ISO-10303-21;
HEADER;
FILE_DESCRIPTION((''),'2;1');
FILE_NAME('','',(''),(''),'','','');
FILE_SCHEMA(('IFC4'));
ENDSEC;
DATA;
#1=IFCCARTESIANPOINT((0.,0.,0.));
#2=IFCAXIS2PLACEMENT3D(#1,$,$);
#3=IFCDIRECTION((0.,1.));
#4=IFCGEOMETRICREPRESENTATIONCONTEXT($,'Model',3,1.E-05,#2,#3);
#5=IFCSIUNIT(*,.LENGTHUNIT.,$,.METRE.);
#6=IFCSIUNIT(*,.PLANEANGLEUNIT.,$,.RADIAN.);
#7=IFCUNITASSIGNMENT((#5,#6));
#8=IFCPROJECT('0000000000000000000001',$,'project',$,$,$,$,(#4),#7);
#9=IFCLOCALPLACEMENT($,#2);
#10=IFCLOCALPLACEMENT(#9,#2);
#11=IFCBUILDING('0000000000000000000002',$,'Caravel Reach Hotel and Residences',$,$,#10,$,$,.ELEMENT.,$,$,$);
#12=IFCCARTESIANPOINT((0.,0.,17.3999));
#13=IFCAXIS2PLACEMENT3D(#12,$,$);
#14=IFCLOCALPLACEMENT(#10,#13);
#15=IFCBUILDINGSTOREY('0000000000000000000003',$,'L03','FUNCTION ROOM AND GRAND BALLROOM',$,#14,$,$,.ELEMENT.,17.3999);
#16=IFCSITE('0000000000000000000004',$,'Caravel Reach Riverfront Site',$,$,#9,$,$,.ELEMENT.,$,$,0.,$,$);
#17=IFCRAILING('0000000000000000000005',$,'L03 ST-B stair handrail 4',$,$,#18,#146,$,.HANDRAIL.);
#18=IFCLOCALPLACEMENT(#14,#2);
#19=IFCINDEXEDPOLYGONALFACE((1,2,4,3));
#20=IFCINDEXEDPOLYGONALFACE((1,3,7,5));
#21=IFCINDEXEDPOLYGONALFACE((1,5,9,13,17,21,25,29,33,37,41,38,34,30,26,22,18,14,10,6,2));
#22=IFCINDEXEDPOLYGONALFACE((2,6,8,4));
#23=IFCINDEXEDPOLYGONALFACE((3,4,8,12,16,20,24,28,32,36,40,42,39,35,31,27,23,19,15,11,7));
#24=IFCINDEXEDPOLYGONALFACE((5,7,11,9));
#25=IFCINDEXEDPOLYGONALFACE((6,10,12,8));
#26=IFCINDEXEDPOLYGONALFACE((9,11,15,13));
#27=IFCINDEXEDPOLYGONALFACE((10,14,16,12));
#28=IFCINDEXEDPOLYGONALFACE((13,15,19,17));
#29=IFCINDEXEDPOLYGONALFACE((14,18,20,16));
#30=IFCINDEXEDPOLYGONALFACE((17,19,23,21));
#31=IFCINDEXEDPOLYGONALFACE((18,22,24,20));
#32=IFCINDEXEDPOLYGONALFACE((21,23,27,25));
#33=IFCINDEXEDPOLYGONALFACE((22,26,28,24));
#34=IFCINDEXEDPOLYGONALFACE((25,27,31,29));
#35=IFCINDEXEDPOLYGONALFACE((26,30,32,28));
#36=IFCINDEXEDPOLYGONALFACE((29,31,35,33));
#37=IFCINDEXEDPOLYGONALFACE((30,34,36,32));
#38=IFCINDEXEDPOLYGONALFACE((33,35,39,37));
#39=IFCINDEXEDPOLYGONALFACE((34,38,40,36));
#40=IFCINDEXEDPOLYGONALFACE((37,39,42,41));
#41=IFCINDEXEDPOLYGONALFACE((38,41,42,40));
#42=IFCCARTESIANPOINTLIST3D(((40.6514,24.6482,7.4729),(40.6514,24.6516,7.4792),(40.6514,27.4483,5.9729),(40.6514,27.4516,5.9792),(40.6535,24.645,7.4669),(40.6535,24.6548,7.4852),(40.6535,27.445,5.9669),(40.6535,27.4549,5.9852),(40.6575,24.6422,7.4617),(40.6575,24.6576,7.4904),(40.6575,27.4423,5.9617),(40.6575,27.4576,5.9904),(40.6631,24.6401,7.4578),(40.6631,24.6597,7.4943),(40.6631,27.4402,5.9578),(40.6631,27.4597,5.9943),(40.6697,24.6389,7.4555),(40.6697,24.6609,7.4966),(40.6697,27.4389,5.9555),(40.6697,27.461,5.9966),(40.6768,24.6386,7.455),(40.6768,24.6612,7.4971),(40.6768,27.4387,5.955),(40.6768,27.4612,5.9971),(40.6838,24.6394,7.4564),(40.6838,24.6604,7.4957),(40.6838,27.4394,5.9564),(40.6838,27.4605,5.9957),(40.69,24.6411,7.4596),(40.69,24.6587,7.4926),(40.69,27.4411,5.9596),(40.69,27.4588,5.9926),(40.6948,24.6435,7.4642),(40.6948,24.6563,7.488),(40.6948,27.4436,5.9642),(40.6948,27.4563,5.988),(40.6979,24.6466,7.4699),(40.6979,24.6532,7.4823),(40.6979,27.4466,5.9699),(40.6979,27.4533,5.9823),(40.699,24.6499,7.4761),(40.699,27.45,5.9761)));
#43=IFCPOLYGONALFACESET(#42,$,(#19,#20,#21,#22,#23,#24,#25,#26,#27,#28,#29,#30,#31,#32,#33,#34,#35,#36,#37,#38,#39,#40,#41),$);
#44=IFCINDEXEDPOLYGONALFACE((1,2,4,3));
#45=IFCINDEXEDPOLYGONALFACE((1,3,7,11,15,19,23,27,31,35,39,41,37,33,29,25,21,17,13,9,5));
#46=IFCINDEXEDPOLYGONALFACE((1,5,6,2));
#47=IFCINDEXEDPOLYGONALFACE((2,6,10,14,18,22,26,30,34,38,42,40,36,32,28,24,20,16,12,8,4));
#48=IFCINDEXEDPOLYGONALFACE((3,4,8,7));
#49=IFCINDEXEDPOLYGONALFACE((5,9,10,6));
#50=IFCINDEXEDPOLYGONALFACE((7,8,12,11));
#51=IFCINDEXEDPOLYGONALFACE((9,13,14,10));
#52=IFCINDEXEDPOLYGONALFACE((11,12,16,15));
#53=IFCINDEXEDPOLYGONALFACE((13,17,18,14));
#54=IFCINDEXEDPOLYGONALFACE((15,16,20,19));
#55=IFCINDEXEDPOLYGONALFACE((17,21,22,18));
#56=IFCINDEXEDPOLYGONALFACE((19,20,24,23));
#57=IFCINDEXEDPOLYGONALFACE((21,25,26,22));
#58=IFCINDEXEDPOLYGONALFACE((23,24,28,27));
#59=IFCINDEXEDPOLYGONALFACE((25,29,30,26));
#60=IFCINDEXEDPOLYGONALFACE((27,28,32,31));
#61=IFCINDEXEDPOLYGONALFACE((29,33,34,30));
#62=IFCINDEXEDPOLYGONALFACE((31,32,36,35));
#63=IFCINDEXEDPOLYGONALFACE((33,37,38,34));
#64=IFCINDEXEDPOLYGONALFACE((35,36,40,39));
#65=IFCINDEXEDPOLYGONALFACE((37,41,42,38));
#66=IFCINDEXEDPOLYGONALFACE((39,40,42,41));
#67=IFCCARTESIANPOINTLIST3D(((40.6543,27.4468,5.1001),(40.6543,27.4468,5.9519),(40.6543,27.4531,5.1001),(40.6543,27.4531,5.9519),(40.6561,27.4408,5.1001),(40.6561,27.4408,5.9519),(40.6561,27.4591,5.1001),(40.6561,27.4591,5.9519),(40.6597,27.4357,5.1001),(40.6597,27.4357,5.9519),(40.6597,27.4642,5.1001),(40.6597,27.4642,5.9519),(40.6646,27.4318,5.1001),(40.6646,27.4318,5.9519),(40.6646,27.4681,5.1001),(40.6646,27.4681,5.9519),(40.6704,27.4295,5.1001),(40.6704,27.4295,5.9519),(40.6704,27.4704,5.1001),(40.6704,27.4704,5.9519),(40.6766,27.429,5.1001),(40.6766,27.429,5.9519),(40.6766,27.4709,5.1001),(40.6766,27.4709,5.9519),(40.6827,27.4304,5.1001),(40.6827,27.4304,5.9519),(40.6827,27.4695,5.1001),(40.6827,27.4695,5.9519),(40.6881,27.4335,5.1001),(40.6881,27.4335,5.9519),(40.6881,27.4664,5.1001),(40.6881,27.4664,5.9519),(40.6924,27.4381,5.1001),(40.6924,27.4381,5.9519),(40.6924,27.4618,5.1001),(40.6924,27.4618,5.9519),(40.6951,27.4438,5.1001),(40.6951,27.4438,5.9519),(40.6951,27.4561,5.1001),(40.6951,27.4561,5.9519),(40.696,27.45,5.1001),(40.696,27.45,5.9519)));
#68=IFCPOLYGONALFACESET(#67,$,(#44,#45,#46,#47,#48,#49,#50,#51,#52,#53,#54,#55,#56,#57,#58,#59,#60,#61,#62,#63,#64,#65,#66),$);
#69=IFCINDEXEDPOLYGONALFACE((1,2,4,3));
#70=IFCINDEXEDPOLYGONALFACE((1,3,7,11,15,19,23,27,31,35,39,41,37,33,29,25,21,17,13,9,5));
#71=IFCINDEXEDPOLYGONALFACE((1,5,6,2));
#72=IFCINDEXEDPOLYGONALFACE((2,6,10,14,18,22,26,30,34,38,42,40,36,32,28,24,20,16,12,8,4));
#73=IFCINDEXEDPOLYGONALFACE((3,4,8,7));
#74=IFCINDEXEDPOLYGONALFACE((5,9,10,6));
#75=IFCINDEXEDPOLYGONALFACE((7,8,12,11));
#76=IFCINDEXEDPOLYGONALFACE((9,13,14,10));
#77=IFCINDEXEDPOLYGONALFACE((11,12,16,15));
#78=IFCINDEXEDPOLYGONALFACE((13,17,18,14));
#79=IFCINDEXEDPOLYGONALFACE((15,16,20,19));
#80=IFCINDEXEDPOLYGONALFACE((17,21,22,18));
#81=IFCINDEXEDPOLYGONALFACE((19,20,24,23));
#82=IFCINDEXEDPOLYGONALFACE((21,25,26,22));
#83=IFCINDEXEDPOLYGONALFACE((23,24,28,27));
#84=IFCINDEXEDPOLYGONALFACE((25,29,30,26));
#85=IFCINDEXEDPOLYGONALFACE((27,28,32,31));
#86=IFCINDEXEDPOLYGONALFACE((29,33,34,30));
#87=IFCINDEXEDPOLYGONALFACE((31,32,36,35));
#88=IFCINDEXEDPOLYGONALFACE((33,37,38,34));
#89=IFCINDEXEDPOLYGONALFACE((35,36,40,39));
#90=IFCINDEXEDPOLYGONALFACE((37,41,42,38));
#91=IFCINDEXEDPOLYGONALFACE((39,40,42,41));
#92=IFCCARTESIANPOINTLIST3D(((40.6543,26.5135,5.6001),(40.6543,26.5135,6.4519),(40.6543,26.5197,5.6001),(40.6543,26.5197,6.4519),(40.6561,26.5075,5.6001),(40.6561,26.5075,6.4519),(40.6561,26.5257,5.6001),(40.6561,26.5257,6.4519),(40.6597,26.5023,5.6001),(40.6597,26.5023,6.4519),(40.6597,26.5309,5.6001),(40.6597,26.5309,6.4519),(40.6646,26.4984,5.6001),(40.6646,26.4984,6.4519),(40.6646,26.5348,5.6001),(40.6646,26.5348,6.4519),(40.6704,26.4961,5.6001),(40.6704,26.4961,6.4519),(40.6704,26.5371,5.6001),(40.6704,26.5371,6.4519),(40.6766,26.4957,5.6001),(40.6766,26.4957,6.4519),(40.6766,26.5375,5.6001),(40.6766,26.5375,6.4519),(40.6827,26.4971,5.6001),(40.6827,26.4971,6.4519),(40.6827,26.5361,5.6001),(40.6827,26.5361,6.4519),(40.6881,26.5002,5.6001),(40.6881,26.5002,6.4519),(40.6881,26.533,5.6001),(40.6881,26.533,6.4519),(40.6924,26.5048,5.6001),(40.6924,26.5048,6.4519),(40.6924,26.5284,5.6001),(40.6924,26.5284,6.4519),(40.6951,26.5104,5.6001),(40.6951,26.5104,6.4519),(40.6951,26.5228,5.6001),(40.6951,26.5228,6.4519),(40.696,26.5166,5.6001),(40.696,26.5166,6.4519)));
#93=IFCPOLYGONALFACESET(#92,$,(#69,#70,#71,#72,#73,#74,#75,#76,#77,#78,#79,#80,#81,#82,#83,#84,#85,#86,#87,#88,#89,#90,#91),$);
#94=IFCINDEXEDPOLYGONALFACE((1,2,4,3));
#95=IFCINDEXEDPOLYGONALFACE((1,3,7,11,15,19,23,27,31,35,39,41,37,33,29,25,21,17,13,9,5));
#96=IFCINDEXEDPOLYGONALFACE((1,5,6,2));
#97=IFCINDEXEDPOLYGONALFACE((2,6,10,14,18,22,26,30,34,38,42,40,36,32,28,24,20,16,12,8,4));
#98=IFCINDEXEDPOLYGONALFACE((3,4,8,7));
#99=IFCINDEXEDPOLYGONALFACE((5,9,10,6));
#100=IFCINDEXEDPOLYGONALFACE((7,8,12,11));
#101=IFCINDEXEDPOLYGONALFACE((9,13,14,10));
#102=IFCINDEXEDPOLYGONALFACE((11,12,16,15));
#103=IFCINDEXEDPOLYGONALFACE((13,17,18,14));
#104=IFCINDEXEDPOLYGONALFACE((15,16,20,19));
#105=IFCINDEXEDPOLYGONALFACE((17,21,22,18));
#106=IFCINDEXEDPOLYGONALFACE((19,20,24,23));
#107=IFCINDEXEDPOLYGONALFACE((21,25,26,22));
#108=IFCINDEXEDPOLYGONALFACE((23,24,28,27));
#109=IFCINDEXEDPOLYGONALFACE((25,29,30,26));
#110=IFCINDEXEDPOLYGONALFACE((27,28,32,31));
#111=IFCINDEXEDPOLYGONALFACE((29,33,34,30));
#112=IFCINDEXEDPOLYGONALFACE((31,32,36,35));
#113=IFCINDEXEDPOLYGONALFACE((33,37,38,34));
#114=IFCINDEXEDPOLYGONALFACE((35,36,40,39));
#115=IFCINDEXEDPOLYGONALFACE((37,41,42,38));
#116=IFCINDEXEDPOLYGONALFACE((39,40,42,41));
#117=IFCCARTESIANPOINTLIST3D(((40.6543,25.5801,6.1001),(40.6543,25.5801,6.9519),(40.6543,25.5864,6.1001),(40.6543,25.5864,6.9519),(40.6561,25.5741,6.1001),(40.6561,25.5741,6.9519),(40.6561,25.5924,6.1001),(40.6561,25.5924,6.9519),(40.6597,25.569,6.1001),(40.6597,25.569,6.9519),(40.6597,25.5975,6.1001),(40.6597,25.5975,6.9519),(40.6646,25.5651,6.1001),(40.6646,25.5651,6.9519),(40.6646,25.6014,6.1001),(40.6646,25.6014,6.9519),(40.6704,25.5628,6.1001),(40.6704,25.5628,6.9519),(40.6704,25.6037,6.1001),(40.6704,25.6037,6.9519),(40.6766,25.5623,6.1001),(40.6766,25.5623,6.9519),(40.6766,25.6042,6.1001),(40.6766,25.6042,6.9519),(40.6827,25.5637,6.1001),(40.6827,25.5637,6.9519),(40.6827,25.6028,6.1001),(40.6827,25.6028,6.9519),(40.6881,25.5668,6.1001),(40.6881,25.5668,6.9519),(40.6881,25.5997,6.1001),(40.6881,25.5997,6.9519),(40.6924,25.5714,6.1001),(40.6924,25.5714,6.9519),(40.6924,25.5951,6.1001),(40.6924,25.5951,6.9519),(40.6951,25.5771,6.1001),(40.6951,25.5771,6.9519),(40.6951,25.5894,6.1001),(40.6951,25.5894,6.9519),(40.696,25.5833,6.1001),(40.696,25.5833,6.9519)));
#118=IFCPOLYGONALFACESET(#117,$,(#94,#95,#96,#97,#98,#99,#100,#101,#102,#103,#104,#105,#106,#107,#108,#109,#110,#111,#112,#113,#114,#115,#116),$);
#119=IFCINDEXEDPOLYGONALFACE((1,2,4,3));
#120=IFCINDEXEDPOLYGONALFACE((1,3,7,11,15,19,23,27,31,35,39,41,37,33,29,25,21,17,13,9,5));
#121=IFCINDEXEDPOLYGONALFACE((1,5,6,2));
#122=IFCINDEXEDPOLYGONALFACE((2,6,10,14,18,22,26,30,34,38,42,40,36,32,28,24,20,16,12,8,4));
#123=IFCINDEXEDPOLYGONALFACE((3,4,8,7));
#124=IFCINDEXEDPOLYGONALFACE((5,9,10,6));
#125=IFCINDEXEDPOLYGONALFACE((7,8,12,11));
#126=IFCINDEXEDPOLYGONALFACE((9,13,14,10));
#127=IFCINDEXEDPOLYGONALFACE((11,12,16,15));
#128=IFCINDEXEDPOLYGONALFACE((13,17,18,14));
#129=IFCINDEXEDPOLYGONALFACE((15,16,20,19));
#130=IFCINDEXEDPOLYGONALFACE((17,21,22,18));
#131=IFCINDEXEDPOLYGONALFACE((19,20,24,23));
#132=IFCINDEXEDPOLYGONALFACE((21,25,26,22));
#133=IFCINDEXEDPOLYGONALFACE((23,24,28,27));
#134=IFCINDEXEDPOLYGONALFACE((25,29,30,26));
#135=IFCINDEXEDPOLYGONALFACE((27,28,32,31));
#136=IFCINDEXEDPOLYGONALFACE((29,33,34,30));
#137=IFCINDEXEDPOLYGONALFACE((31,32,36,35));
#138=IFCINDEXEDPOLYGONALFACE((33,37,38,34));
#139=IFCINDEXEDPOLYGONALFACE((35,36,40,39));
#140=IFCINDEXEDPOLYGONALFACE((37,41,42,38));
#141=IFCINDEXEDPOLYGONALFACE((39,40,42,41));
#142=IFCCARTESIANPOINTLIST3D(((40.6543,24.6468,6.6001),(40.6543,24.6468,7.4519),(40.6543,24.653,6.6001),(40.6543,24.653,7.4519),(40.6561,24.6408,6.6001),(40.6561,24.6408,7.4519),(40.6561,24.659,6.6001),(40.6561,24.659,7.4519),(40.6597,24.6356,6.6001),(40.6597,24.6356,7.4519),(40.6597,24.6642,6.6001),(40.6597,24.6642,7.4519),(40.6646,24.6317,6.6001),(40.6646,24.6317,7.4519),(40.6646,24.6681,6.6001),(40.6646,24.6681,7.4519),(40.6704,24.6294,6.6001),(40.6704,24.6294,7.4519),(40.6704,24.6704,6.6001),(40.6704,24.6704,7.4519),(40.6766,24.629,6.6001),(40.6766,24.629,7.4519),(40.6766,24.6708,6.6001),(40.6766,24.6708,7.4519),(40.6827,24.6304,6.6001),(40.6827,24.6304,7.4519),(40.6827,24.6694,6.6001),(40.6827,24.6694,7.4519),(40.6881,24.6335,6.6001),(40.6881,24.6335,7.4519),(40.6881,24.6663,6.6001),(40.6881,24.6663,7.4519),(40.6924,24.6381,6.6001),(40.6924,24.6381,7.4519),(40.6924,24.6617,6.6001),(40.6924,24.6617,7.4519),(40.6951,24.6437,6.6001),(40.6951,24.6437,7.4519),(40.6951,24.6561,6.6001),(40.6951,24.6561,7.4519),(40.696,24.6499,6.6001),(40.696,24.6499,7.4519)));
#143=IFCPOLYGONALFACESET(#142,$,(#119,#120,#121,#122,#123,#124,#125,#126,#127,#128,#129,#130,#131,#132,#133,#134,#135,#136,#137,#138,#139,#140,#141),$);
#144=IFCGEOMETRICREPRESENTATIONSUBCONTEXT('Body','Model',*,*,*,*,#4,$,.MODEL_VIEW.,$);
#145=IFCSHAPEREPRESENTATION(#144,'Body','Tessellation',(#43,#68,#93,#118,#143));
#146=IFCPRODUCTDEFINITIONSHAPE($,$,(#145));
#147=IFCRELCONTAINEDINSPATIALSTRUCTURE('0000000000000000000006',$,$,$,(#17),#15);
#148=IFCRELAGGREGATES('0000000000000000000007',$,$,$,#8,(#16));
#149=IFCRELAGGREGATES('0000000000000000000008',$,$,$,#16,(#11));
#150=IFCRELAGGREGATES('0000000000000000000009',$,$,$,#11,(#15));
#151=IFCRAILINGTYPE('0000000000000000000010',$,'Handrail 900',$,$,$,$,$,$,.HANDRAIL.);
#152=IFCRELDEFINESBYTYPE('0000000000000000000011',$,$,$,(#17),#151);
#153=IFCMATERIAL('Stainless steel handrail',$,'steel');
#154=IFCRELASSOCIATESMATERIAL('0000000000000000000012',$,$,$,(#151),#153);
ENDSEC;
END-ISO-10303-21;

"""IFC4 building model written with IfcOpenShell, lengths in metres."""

from ifc_helpers import new_model, si_unit, direction, frame, origin, origin_2d, place, context, subcontext, project, spatial, circle, extrude, material, type_object, element, save


model = new_model("IFC4")

# Units and contexts
model_context = context("Model", 3, precision=1e-05, world=origin(), true_north=direction((0.0, 1.0)))
body_context = subcontext(model_context, "Body", "Model", "MODEL_VIEW")
ifc_project = project(units=[si_unit("LENGTHUNIT", "METRE"), si_unit("PLANEANGLEUNIT", "RADIAN")], contexts=[model_context])

# Site, building, storey
site_placement = place(None, origin())
site = spatial("IfcSite", under=ifc_project, at=site_placement, Name="Caravel Reach Riverfront Site", CompositionType="ELEMENT", RefElevation=0.0)
building_placement = place(site_placement, origin())
building = spatial("IfcBuilding", under=site, at=building_placement, Name="Caravel Reach Hotel and Residences", CompositionType="ELEMENT")
storey_placement = place(building_placement, frame((0.0, 0.0, 17.3999)))
storey = spatial("IfcBuildingStorey", under=building, at=storey_placement, Name="L03", Description="FUNCTION ROOM AND GRAND BALLROOM", CompositionType="ELEMENT", Elevation=17.3999)

# Railing
ifc_material_1 = material(Name="Stainless steel handrail", Category="steel")
railing_type_1 = type_object("IfcRailingType", Name="Handrail 900", PredefinedType="HANDRAIL", material=ifc_material_1)
for number, where, name in (
    (1, (40.675, 27.45, 5.1001), "L03 ST-B stair handrail 4"),
):
    element("IfcRailing", number, at=place(storey_placement, frame(where)), inside=storey, type_object=railing_type_1, Name=name, PredefinedType="HANDRAIL", context=body_context, shape_type="SweptSolid", body=[
        extrude(circle(Radius=0.0239, at=origin_2d()), frame((0.0, 0.0, 0.876), z_axis=(0.0, -0.881483, 0.472215), x_axis=(1.0, 0.0, 0.0)), (0.0, 0.0, 1.0), 3.1765),
        extrude(circle(Radius=0.021, at=origin_2d()), origin(), (0.0, 0.0, 1.0), 0.8518),
        extrude(circle(Radius=0.021, at=origin_2d()), frame((0.0, -0.9333, 0.5)), (0.0, 0.0, 1.0), 0.8518),
        extrude(circle(Radius=0.021, at=origin_2d()), frame((0.0, -1.8667, 1.0)), (0.0, 0.0, 1.0), 0.8518),
        extrude(circle(Radius=0.021, at=origin_2d()), frame((0.0, -2.8, 1.5)), (0.0, 0.0, 1.0), 0.8518),
    ])

save(model, "model.ifc")
